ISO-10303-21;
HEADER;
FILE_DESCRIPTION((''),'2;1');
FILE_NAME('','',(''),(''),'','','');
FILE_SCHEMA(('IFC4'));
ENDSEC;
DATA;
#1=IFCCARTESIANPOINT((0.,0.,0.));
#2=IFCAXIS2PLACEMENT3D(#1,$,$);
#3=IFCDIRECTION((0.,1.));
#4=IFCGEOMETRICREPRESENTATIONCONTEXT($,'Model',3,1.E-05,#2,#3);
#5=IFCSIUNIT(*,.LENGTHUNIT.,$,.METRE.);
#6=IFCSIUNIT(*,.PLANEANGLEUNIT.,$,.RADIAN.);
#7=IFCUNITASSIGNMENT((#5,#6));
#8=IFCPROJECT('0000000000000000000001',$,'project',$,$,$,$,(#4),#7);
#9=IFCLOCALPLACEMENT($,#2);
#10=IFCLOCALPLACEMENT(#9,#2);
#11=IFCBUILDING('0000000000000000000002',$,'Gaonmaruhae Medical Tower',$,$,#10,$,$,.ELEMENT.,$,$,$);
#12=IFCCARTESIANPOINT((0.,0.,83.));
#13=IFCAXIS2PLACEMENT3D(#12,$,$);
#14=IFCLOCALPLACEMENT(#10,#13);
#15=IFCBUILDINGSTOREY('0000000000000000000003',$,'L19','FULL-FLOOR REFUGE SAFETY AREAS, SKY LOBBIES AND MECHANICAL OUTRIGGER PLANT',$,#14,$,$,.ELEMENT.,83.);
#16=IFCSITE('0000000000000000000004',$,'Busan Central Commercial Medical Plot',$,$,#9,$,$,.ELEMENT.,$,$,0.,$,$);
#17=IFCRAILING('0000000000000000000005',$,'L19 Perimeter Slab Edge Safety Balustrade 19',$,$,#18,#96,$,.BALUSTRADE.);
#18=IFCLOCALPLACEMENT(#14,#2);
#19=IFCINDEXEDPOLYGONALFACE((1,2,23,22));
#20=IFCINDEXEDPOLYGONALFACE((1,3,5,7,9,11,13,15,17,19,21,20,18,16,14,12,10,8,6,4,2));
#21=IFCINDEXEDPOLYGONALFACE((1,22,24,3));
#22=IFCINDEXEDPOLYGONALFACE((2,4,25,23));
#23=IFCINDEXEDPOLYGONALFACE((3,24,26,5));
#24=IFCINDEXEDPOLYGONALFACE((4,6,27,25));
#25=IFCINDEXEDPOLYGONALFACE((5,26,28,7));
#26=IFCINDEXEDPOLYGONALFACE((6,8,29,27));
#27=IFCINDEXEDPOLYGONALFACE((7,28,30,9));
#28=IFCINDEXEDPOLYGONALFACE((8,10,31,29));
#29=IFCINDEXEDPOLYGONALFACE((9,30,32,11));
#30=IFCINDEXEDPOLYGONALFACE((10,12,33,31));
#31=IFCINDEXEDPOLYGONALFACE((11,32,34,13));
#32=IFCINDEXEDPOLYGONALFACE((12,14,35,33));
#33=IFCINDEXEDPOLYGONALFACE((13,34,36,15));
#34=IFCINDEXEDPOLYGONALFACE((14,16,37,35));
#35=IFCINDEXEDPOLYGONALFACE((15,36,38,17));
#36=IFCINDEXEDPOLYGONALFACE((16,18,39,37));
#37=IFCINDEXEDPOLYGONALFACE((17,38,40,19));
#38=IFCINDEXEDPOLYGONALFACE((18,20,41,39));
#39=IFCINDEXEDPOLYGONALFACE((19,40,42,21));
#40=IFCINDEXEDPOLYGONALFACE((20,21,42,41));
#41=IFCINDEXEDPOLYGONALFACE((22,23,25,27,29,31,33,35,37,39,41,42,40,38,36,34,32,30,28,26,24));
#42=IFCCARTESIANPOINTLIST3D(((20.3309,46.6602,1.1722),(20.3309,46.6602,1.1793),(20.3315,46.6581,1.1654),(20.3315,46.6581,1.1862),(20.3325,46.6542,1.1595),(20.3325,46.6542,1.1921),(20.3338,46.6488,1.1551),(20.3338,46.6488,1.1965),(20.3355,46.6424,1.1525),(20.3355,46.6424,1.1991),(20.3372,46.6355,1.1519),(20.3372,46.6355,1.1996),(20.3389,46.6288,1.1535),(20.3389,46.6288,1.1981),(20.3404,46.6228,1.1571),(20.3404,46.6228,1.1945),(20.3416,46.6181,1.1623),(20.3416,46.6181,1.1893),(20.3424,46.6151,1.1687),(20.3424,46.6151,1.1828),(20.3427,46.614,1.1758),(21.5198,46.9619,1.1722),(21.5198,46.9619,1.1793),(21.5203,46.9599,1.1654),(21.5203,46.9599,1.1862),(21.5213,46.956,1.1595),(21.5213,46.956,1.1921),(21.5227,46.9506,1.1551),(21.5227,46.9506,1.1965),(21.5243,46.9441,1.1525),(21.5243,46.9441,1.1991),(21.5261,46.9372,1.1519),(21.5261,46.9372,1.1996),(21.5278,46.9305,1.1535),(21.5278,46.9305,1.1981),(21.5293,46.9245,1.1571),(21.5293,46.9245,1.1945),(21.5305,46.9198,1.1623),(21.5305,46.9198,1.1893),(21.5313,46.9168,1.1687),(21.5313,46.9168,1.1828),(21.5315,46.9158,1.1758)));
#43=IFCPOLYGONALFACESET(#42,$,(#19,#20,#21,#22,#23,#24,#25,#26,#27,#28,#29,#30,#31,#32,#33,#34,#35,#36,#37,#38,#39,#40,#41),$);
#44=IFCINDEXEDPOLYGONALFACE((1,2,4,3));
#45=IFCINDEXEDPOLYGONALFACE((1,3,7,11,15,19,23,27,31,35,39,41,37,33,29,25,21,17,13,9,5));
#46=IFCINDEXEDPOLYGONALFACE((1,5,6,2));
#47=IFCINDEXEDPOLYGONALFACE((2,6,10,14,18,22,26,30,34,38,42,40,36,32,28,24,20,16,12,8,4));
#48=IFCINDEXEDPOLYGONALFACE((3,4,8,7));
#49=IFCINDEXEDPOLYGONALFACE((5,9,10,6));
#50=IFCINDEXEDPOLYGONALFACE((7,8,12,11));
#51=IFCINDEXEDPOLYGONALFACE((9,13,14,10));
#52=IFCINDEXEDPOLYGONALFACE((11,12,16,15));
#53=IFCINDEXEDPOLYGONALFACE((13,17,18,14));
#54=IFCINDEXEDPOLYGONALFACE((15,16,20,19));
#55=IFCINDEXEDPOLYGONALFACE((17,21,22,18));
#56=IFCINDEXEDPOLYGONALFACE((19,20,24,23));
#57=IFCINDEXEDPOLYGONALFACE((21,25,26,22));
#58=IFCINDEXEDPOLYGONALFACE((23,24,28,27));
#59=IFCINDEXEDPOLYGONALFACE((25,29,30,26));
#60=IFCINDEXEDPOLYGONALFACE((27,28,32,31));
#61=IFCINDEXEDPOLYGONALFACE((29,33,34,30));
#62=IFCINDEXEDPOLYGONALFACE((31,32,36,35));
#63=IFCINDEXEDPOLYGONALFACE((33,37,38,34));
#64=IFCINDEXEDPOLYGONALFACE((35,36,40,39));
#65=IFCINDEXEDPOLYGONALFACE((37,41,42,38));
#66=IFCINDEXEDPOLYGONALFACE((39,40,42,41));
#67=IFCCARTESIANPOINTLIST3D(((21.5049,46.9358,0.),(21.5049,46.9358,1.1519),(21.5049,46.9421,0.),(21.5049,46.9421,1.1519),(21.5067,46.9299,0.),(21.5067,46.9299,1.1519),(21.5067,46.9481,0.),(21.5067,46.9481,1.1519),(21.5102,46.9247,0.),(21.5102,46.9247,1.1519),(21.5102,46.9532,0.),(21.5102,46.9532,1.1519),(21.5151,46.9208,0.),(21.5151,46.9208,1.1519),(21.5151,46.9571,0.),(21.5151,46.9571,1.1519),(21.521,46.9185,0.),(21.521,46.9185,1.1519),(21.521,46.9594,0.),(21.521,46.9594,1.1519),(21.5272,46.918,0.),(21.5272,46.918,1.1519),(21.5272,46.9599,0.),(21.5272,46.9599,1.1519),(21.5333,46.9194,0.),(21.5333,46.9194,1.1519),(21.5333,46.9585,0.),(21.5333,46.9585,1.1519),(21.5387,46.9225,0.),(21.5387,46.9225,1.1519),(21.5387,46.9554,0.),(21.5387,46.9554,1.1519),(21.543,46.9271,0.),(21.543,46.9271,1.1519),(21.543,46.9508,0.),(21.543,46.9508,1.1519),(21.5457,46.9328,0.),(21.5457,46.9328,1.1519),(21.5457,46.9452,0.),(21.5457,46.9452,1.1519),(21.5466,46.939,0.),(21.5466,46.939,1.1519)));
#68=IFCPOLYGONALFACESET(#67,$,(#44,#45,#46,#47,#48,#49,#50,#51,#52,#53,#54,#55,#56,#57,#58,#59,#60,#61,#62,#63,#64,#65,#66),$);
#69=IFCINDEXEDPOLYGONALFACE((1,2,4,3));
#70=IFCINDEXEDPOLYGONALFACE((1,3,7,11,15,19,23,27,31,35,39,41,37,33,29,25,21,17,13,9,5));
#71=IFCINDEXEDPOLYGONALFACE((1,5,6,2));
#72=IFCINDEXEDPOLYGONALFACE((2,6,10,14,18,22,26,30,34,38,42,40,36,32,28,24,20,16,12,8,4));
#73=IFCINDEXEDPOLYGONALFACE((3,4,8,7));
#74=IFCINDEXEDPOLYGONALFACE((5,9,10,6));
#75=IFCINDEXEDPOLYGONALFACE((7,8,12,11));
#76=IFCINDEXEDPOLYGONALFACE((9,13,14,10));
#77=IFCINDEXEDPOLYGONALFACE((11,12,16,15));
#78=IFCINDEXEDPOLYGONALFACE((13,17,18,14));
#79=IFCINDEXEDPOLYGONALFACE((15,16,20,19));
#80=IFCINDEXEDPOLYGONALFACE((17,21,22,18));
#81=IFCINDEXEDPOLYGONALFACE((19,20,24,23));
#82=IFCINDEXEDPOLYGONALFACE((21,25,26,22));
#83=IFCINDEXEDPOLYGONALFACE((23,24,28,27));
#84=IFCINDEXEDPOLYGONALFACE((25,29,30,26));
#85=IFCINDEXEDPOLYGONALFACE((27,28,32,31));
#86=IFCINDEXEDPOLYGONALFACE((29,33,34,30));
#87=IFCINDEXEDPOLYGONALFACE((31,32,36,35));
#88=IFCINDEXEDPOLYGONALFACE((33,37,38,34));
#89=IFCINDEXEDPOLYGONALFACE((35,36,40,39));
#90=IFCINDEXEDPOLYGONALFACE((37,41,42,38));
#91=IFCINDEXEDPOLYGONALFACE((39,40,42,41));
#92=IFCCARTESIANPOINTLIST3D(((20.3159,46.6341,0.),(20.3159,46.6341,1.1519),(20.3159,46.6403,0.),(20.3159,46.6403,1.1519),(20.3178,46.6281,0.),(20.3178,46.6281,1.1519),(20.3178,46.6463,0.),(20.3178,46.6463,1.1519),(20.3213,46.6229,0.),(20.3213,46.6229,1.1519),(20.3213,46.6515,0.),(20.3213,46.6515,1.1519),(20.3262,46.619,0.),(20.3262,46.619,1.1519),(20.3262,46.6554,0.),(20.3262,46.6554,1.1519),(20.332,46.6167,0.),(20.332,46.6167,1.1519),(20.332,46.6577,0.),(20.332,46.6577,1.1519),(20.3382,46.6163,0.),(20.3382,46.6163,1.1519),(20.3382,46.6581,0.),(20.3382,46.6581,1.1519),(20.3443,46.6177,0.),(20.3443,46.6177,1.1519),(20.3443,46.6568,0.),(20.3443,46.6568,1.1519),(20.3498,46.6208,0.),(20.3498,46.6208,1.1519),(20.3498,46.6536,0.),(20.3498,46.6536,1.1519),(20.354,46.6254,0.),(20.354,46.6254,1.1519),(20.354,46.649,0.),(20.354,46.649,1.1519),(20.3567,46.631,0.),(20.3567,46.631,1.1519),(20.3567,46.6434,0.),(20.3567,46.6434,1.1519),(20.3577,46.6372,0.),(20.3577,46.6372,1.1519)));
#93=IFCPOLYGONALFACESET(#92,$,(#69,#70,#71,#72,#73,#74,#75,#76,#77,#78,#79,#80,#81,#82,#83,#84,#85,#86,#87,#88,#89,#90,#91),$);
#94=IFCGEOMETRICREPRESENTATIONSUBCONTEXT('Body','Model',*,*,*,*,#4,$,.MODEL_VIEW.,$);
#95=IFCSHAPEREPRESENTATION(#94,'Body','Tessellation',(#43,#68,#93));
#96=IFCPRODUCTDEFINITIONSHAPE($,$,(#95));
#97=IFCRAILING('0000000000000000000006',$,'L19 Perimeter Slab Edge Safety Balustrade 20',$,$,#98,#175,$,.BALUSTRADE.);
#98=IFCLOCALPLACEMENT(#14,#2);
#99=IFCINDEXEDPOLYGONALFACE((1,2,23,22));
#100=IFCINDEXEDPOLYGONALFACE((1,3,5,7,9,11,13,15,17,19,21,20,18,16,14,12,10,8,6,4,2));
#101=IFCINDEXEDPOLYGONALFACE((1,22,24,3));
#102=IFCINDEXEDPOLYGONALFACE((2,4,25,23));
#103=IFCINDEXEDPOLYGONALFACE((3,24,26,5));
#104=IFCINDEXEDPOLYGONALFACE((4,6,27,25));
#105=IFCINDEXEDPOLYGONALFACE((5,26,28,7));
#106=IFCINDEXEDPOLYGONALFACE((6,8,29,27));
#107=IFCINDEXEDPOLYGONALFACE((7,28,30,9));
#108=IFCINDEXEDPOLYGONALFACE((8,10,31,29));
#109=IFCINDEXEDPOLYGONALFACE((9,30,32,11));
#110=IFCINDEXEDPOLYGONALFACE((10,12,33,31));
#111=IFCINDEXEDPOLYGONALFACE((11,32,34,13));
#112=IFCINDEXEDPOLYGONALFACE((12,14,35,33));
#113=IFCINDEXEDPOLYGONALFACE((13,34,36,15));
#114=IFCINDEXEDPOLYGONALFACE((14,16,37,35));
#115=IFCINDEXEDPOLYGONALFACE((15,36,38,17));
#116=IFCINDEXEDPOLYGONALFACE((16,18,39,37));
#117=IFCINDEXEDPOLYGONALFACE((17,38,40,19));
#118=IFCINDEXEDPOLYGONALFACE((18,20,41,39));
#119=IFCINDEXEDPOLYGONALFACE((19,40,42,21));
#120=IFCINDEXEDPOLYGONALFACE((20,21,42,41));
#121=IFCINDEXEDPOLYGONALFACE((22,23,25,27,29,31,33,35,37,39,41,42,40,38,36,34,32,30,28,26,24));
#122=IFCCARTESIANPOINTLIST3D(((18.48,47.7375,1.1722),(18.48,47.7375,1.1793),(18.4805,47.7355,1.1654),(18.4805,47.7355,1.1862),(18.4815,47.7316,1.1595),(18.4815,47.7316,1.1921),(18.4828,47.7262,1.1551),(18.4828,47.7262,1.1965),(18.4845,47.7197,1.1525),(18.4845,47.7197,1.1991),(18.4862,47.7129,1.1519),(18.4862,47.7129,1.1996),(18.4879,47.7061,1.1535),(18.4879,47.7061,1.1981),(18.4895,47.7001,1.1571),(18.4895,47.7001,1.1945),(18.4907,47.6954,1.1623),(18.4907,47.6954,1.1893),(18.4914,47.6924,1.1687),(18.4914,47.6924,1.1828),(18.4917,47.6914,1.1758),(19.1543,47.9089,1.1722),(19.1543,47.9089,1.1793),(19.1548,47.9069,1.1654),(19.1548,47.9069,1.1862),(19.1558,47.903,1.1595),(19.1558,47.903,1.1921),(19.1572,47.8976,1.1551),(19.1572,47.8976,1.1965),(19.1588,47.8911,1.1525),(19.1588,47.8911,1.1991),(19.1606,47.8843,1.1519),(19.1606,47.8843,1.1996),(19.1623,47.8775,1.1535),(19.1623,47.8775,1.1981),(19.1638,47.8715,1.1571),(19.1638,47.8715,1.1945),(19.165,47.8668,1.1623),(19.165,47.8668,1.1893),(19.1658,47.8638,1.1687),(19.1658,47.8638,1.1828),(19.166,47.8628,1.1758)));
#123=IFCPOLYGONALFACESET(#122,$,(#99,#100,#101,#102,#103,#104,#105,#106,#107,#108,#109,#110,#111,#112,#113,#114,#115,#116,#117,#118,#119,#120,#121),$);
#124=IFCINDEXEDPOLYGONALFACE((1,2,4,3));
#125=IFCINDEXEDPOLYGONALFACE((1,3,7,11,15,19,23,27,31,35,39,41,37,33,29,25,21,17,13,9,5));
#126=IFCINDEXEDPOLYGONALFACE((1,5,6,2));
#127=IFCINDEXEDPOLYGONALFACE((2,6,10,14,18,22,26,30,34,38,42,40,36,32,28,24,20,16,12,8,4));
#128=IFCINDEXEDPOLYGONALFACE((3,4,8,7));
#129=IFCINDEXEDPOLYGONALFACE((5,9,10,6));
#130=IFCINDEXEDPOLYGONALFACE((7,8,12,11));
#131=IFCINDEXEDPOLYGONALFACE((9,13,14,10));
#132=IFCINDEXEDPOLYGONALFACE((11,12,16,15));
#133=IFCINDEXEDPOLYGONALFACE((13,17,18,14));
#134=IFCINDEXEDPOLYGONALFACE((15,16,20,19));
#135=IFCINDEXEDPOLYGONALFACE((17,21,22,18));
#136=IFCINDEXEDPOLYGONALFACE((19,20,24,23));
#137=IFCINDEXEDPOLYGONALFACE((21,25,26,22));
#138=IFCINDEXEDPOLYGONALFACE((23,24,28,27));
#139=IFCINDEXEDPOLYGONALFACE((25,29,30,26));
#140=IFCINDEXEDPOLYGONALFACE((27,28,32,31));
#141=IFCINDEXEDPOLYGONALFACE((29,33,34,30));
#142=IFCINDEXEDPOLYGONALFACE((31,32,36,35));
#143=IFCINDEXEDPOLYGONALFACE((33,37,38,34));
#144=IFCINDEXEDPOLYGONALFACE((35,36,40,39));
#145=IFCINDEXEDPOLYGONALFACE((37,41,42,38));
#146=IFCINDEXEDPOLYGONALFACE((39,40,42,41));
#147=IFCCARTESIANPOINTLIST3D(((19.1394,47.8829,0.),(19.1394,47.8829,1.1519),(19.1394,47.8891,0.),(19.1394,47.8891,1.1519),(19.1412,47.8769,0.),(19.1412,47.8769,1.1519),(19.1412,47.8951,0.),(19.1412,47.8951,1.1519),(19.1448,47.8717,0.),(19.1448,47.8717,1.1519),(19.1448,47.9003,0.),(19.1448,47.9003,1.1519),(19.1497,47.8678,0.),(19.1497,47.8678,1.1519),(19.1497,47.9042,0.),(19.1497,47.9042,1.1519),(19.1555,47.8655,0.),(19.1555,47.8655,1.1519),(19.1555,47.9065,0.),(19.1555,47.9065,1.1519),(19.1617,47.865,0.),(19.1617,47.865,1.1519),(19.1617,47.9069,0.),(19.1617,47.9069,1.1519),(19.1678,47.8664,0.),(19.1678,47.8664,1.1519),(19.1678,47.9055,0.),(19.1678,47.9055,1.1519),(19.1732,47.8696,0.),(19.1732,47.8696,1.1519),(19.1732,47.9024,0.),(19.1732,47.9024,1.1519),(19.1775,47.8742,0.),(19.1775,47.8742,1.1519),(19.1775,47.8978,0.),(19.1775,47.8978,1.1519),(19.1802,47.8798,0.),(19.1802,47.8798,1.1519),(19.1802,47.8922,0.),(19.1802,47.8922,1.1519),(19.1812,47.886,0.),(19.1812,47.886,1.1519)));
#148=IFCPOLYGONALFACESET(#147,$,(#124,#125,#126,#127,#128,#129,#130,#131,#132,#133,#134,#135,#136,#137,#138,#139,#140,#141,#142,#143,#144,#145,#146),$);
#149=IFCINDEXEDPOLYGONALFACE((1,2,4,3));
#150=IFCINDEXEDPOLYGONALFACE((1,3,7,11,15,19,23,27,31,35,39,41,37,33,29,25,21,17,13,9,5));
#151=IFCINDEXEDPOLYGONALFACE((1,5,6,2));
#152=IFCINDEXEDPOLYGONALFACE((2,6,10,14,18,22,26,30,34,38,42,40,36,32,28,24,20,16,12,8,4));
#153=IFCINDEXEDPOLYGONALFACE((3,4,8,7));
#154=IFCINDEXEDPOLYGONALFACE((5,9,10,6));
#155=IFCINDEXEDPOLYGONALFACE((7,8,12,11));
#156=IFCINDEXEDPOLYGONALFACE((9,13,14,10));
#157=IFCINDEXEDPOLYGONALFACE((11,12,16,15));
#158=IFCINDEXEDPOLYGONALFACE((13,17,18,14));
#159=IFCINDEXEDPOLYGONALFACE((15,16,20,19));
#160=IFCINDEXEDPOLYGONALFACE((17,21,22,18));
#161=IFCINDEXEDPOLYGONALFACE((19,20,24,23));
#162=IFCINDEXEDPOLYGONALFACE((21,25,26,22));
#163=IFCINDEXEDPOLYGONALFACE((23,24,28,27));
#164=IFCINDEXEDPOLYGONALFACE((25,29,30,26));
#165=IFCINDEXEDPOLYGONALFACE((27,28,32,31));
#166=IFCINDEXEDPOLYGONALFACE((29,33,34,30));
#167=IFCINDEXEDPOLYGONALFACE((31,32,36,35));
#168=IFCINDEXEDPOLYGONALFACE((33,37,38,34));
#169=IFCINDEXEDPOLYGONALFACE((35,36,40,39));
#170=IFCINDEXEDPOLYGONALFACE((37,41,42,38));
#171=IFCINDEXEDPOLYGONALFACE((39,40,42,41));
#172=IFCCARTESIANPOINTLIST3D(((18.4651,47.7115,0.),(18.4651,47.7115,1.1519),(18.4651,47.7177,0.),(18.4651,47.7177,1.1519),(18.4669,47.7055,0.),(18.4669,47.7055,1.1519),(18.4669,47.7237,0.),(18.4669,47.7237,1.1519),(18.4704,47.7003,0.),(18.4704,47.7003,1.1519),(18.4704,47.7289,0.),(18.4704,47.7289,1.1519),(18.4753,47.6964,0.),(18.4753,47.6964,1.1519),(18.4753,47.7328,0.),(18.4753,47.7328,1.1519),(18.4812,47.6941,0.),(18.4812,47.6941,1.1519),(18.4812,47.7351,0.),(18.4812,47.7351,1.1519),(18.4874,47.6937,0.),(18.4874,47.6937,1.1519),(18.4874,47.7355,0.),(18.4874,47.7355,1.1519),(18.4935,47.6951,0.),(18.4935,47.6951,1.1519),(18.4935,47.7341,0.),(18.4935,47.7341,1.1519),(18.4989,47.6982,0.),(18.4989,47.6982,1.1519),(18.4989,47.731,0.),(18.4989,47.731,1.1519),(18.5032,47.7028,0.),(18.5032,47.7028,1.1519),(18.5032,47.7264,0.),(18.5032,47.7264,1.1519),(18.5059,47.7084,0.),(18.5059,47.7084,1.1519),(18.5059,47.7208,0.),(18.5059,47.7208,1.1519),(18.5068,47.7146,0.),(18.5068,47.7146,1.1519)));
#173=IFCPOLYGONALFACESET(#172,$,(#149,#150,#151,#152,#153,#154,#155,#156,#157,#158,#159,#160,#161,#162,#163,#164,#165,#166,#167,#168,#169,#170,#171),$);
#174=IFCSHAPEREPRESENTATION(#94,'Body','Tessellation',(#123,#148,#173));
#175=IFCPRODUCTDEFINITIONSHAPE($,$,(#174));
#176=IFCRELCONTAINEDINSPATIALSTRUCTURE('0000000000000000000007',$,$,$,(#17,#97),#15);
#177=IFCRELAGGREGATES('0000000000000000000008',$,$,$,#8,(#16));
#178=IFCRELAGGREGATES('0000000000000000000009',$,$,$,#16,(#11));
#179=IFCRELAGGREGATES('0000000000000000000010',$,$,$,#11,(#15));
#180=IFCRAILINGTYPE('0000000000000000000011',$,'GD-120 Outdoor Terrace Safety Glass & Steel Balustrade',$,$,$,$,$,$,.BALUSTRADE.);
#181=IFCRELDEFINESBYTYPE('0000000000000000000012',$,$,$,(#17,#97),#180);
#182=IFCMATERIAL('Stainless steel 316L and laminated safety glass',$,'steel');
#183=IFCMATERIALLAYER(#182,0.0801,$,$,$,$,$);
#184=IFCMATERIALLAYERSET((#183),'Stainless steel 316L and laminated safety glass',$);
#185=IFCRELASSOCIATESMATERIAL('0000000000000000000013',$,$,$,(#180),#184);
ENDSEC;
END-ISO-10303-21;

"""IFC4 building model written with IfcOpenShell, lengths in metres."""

from ifc_helpers import new_model, si_unit, direction, frame, origin, origin_2d, place, context, subcontext, project, spatial, circle, extrude, material, layer, layer_set, type_object, element, save


model = new_model("IFC4")

# Units and contexts
model_context = context("Model", 3, precision=1e-05, world=origin(), true_north=direction((0.0, 1.0)))
body_context = subcontext(model_context, "Body", "Model", "MODEL_VIEW")
ifc_project = project(units=[si_unit("LENGTHUNIT", "METRE"), si_unit("PLANEANGLEUNIT", "RADIAN")], contexts=[model_context])

# Site, building, storey
site_placement = place(None, origin())
site = spatial("IfcSite", under=ifc_project, at=site_placement, Name="Busan Central Commercial Medical Plot", CompositionType="ELEMENT", RefElevation=0.0)
building_placement = place(site_placement, origin())
building = spatial("IfcBuilding", under=site, at=building_placement, Name="Gaonmaruhae Medical Tower", CompositionType="ELEMENT")
storey_placement = place(building_placement, frame((0.0, 0.0, 83.0)))
storey = spatial("IfcBuildingStorey", under=building, at=storey_placement, Name="L19", Description="FULL-FLOOR REFUGE SAFETY AREAS, SKY LOBBIES AND MECHANICAL OUTRIGGER PLANT", CompositionType="ELEMENT", Elevation=83.0)

# Railings
ifc_material_1 = material(Name="Stainless steel 316L and laminated safety glass", Category="steel")
ifc_layer_1 = layer(ifc_material_1, 0.0801)
ifc_layer_set_1 = layer_set([ifc_layer_1], Name="Stainless steel 316L and laminated safety glass")
railing_type = type_object("IfcRailingType", Name="GD-120 Outdoor Terrace Safety Glass & Steel Balustrade", PredefinedType="BALUSTRADE", material=ifc_layer_set_1)
railing_1_placement = place(storey_placement, frame((21.5256, 46.939, 0.0)))
element("IfcRailing", 1, at=railing_1_placement, inside=storey, type_object=railing_type, Name="L19 Perimeter Slab Edge Safety Balustrade 19", PredefinedType="BALUSTRADE", context=body_context, shape_type="SweptSolid", body=[
    extrude(circle(Radius=0.0239, at=origin_2d()), frame((0.0, 0.0, 1.1758), z_axis=(-0.96927, -0.246, 0.0), x_axis=(0.246, -0.96927, 0.0)), (0.0, 0.0, 1.0), 1.2266),
    extrude(circle(Radius=0.021, at=origin_2d()), origin(), (0.0, 0.0, 1.0), 1.1519),
    extrude(circle(Radius=0.021, at=origin_2d()), frame((-1.189, -0.3018, 0.0)), (0.0, 0.0, 1.0), 1.1519),
])
railing_2_placement = place(storey_placement, frame((19.1602, 47.886, 0.0)))
element("IfcRailing", 2, at=railing_2_placement, inside=storey, type_object=railing_type, Name="L19 Perimeter Slab Edge Safety Balustrade 20", PredefinedType="BALUSTRADE", context=body_context, shape_type="SweptSolid", body=[
    extrude(circle(Radius=0.0239, at=origin_2d()), frame((0.0, 0.0, 1.1758), z_axis=(-0.969186, -0.246332, 0.0), x_axis=(0.246332, -0.969186, 0.0)), (0.0, 0.0, 1.0), 0.6958),
    extrude(circle(Radius=0.021, at=origin_2d()), origin(), (0.0, 0.0, 1.0), 1.1519),
    extrude(circle(Radius=0.021, at=origin_2d()), frame((-0.6743, -0.1714, 0.0)), (0.0, 0.0, 1.0), 1.1519),
])

save(model, "model.ifc")
